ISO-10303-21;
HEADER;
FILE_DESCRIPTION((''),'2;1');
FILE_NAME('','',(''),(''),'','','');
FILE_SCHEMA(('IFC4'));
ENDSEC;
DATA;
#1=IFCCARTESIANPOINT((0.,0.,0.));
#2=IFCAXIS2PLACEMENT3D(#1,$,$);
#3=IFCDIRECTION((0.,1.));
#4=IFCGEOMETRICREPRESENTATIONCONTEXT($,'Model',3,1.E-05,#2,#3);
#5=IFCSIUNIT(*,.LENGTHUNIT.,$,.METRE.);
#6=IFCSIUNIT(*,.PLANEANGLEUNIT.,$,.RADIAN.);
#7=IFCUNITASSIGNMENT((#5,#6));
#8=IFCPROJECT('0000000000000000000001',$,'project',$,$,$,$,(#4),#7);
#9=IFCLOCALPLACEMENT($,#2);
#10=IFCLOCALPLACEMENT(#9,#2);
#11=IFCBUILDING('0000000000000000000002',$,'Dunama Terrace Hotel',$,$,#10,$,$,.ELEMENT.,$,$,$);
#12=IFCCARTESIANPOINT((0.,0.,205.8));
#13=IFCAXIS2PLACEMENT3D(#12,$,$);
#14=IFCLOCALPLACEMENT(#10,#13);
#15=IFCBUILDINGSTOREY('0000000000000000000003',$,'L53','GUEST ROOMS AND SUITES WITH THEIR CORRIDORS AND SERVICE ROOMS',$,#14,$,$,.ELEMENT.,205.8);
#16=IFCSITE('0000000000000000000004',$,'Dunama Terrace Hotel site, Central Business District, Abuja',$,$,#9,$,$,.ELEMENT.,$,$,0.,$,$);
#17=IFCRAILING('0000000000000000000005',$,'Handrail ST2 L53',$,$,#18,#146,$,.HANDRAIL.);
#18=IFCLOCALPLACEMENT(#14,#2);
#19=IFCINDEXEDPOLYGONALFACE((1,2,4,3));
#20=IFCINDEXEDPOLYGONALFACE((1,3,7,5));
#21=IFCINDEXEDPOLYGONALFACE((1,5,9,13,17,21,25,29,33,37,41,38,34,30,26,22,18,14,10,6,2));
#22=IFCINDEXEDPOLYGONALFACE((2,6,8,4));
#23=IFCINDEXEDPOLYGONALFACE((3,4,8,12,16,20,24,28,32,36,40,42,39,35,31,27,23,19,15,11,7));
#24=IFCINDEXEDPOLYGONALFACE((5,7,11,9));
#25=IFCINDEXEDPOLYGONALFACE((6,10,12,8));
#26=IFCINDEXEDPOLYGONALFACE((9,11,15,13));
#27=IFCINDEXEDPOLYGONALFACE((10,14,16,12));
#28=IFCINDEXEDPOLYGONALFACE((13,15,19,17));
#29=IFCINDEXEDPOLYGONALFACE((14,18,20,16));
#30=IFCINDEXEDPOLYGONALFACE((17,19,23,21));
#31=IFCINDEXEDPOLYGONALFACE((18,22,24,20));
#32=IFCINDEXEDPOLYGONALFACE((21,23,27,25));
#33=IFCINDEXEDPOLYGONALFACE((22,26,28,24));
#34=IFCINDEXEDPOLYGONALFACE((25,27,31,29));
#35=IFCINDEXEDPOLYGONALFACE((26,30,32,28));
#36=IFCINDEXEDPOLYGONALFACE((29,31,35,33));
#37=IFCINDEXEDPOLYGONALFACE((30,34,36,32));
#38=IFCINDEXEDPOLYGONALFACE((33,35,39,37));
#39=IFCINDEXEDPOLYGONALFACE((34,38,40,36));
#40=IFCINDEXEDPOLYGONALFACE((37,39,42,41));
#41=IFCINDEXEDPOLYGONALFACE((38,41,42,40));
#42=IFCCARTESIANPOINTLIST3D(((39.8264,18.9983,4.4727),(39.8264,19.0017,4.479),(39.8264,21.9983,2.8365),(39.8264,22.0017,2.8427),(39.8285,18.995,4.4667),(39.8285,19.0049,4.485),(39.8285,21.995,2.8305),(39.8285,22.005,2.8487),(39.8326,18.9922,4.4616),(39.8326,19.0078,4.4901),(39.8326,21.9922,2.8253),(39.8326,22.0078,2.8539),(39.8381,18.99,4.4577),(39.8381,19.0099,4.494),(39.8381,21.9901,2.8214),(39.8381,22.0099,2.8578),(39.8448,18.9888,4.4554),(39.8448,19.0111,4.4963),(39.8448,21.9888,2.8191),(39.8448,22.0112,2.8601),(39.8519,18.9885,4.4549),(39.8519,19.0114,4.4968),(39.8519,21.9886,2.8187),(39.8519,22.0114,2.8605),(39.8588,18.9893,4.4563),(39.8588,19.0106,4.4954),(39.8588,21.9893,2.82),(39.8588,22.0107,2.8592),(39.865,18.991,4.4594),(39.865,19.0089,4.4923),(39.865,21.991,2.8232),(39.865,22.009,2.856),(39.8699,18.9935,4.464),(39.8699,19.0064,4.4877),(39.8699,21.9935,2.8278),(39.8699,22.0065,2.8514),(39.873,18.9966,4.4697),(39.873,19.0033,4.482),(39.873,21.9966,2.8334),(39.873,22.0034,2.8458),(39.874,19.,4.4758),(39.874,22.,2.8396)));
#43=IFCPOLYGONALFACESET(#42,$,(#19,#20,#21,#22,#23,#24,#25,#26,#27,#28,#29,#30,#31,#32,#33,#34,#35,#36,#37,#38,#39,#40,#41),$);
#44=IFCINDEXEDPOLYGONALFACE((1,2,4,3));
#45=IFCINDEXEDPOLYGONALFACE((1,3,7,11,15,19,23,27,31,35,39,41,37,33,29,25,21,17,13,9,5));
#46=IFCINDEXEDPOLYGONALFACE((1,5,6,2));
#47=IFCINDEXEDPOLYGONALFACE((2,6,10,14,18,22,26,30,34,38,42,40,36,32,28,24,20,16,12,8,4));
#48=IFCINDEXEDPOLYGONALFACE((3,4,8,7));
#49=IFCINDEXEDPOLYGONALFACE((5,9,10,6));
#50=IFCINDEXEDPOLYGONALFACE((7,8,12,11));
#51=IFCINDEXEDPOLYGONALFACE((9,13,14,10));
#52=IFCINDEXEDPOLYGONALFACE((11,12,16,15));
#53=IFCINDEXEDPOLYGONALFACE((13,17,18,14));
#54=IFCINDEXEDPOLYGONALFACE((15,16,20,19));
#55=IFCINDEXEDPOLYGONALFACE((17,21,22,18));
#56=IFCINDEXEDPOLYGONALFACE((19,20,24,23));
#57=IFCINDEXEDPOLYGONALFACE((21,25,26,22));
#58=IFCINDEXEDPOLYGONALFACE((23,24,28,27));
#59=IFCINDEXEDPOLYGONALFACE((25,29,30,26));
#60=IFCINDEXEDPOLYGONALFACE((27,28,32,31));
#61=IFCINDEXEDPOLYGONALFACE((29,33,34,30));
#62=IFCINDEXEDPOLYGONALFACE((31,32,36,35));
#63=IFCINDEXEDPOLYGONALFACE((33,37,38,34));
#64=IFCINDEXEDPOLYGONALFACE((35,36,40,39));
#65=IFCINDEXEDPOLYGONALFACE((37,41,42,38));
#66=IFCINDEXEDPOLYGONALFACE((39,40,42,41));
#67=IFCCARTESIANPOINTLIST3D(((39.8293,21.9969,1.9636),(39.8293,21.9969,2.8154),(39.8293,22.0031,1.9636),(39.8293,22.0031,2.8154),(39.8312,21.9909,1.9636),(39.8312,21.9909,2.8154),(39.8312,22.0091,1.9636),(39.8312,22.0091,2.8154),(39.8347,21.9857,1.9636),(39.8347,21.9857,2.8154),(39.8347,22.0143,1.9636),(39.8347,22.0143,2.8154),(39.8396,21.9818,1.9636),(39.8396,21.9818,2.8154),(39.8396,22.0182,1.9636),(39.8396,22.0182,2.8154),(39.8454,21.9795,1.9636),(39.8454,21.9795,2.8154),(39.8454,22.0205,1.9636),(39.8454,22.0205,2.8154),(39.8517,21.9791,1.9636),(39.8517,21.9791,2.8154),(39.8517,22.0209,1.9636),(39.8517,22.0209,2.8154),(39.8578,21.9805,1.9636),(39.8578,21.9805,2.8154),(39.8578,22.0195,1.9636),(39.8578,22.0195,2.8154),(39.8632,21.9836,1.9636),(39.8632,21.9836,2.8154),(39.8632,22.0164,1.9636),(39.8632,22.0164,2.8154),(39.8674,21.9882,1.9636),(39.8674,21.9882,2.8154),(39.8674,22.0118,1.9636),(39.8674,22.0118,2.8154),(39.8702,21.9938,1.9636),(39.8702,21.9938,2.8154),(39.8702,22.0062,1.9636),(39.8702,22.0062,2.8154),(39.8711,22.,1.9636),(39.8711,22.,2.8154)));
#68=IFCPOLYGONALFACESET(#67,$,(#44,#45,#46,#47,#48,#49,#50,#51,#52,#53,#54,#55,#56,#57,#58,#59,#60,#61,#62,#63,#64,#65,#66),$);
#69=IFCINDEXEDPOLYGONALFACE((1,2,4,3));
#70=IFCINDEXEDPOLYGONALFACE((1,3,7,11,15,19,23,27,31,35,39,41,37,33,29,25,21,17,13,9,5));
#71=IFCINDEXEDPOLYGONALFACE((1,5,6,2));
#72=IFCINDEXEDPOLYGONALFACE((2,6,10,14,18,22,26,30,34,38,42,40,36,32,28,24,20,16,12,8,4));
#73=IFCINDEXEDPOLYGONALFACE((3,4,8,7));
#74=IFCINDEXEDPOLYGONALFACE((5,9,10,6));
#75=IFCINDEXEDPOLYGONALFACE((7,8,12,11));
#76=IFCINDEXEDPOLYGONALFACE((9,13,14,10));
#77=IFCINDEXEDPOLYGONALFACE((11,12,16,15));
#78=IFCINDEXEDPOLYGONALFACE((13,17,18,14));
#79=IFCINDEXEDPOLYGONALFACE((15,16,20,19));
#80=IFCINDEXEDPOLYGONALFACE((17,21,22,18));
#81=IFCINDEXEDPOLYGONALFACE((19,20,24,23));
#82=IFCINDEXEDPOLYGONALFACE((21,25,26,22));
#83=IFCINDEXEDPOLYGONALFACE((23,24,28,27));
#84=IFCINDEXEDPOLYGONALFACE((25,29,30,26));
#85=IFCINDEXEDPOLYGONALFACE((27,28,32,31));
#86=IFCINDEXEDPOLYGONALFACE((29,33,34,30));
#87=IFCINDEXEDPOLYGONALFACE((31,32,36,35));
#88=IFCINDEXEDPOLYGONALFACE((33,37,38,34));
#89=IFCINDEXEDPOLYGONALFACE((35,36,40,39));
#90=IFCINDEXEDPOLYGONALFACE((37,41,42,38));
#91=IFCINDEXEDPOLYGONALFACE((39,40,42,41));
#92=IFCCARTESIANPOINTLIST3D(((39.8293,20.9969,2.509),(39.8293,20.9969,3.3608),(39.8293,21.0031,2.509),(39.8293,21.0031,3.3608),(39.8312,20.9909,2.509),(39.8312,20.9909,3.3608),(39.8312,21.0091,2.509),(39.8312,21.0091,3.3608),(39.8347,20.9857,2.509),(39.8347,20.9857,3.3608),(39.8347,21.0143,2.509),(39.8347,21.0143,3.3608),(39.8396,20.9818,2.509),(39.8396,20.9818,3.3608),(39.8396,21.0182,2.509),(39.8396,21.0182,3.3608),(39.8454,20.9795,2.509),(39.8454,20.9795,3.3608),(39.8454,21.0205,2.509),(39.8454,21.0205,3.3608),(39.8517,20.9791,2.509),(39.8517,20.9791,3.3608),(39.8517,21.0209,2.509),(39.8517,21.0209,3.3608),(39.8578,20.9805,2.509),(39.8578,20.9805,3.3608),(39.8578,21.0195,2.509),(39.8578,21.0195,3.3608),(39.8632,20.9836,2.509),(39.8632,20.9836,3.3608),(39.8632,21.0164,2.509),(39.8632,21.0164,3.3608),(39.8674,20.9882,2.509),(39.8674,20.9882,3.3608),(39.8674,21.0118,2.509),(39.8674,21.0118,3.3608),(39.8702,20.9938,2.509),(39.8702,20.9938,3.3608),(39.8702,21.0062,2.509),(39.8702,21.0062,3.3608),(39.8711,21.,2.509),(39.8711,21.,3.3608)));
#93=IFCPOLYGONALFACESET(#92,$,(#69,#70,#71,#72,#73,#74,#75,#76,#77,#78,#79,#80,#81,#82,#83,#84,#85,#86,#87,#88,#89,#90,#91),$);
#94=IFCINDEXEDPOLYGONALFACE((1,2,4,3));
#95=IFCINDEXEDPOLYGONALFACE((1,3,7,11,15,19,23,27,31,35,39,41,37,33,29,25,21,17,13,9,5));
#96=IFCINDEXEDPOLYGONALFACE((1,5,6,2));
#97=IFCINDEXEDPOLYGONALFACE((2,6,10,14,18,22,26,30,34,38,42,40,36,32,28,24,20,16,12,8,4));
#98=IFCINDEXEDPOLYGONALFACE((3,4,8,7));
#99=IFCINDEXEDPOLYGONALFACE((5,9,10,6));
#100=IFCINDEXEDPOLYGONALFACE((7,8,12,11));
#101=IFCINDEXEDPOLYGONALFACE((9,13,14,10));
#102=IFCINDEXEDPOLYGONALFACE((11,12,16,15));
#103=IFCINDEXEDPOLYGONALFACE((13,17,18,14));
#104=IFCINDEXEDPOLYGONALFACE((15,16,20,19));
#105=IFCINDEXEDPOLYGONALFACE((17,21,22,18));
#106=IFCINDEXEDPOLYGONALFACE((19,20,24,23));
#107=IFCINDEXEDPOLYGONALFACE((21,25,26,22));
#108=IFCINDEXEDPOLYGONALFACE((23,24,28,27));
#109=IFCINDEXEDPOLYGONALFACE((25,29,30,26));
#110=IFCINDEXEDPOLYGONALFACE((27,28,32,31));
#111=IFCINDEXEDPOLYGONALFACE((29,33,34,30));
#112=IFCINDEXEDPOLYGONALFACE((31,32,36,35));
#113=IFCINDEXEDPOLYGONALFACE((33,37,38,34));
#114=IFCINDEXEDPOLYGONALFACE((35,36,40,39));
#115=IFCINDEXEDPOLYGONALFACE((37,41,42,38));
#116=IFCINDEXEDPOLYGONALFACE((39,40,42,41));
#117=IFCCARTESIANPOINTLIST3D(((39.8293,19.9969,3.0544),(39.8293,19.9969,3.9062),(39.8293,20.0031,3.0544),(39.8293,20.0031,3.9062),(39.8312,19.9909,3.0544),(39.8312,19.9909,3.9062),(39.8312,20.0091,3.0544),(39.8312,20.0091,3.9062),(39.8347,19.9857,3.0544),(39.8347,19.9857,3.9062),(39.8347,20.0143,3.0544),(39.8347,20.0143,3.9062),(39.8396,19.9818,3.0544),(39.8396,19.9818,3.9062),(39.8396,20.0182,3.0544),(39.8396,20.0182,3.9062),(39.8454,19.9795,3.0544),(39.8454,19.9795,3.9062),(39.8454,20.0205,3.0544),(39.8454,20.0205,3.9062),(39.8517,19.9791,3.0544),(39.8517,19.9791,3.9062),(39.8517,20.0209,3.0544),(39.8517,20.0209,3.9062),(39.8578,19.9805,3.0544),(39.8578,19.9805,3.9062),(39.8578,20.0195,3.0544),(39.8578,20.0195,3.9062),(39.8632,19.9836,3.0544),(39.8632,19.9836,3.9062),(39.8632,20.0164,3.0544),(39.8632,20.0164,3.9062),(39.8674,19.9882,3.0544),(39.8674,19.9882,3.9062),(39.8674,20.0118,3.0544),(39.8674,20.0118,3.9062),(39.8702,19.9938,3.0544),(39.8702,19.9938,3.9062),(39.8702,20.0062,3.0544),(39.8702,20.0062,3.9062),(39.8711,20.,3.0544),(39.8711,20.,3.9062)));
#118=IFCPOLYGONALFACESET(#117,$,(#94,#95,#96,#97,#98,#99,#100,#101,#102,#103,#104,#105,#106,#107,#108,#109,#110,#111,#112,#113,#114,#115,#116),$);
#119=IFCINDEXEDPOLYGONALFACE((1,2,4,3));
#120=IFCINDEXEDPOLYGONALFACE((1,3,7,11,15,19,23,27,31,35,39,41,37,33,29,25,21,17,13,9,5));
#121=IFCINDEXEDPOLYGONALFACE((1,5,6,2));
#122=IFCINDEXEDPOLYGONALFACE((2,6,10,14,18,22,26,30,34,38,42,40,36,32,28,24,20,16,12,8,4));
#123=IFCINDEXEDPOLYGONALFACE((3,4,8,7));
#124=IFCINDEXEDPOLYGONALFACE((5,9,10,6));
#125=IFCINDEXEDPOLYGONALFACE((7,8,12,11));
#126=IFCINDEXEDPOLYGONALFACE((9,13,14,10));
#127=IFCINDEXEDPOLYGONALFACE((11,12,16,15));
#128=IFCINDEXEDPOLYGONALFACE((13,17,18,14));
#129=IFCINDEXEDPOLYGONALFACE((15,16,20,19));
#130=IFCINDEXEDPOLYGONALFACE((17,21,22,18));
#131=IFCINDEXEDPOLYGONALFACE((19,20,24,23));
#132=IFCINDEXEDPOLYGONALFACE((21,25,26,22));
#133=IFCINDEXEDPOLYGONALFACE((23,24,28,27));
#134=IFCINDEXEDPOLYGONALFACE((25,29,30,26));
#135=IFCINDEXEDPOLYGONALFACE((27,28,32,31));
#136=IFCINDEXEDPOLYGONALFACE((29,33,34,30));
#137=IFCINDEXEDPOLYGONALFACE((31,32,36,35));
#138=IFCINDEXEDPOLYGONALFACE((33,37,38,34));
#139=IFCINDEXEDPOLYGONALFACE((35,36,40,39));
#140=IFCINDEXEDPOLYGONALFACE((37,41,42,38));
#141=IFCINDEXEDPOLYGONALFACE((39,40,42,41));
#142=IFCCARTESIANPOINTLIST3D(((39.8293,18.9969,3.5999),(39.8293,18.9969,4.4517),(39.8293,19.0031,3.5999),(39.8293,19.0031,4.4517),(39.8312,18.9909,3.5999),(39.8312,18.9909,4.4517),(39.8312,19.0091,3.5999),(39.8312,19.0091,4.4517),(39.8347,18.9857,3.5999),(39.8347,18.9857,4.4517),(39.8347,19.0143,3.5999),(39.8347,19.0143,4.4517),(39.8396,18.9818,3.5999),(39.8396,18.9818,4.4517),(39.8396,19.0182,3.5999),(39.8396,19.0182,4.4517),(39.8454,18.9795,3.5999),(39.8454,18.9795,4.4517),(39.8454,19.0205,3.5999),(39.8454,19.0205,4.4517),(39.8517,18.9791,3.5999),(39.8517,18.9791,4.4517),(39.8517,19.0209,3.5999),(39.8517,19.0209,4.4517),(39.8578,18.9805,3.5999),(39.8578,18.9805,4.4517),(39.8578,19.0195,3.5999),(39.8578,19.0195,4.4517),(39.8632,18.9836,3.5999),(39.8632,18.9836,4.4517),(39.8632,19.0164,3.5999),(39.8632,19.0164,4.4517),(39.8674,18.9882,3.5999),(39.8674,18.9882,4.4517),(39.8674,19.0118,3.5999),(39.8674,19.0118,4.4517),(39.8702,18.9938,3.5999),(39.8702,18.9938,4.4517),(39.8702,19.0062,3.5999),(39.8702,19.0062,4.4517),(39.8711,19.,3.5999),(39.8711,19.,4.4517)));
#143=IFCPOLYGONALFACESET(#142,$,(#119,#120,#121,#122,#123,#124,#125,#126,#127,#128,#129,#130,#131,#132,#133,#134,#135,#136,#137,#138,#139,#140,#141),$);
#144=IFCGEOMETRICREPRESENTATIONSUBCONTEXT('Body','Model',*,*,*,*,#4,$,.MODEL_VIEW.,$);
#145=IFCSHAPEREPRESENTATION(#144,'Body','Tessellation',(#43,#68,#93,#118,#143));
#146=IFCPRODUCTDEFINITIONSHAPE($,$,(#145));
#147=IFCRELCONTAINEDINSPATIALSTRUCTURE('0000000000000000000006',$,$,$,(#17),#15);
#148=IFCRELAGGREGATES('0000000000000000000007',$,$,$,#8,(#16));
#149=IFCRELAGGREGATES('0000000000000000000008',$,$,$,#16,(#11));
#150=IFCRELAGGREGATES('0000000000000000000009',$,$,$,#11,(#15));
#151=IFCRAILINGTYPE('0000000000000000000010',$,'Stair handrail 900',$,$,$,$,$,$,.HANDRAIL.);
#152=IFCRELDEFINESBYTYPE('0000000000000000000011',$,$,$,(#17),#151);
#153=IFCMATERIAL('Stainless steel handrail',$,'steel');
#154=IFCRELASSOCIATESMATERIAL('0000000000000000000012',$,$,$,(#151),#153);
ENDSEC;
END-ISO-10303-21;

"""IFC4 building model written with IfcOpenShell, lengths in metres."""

from ifc_helpers import new_model, si_unit, direction, frame, origin, origin_2d, place, context, subcontext, project, spatial, circle, extrude, material, type_object, element, save


model = new_model("IFC4")

# Units and contexts
model_context = context("Model", 3, precision=1e-05, world=origin(), true_north=direction((0.0, 1.0)))
body_context = subcontext(model_context, "Body", "Model", "MODEL_VIEW")
ifc_project = project(units=[si_unit("LENGTHUNIT", "METRE"), si_unit("PLANEANGLEUNIT", "RADIAN")], contexts=[model_context])

# Site, building, storey
site_placement = place(None, origin())
site = spatial("IfcSite", under=ifc_project, at=site_placement, Name="Dunama Terrace Hotel site, Central Business District, Abuja", CompositionType="ELEMENT", RefElevation=0.0)
building_placement = place(site_placement, origin())
building = spatial("IfcBuilding", under=site, at=building_placement, Name="Dunama Terrace Hotel", CompositionType="ELEMENT")
storey_placement = place(building_placement, frame((0.0, 0.0, 205.8)))
storey = spatial("IfcBuildingStorey", under=building, at=storey_placement, Name="L53", Description="GUEST ROOMS AND SUITES WITH THEIR CORRIDORS AND SERVICE ROOMS", CompositionType="ELEMENT", Elevation=205.8)

# Railing
ifc_material_1 = material(Name="Stainless steel handrail", Category="steel")
railing_type_1 = type_object("IfcRailingType", Name="Stair handrail 900", PredefinedType="HANDRAIL", material=ifc_material_1)
railing_1_placement = place(storey_placement, frame((39.8501, 22.0, 1.9636)))
element("IfcRailing", 1, at=railing_1_placement, inside=storey, type_object=railing_type_1, Name="Handrail ST2 L53", PredefinedType="HANDRAIL", context=body_context, shape_type="SweptSolid", body=[
    extrude(circle(Radius=0.0239, at=origin_2d()), frame((0.0, 0.0, 0.876), z_axis=(0.0, -0.877912, 0.478822), x_axis=(1.0, 0.0, 0.0)), (0.0, 0.0, 1.0), 3.4172),
    extrude(circle(Radius=0.021, at=origin_2d()), origin(), (0.0, 0.0, 1.0), 0.8518),
    extrude(circle(Radius=0.021, at=origin_2d()), frame((0.0, -1.0, 0.5454)), (0.0, 0.0, 1.0), 0.8518),
    extrude(circle(Radius=0.021, at=origin_2d()), frame((0.0, -2.0, 1.0908)), (0.0, 0.0, 1.0), 0.8518),
    extrude(circle(Radius=0.021, at=origin_2d()), frame((0.0, -3.0, 1.6362)), (0.0, 0.0, 1.0), 0.8518),
])

save(model, "model.ifc")
